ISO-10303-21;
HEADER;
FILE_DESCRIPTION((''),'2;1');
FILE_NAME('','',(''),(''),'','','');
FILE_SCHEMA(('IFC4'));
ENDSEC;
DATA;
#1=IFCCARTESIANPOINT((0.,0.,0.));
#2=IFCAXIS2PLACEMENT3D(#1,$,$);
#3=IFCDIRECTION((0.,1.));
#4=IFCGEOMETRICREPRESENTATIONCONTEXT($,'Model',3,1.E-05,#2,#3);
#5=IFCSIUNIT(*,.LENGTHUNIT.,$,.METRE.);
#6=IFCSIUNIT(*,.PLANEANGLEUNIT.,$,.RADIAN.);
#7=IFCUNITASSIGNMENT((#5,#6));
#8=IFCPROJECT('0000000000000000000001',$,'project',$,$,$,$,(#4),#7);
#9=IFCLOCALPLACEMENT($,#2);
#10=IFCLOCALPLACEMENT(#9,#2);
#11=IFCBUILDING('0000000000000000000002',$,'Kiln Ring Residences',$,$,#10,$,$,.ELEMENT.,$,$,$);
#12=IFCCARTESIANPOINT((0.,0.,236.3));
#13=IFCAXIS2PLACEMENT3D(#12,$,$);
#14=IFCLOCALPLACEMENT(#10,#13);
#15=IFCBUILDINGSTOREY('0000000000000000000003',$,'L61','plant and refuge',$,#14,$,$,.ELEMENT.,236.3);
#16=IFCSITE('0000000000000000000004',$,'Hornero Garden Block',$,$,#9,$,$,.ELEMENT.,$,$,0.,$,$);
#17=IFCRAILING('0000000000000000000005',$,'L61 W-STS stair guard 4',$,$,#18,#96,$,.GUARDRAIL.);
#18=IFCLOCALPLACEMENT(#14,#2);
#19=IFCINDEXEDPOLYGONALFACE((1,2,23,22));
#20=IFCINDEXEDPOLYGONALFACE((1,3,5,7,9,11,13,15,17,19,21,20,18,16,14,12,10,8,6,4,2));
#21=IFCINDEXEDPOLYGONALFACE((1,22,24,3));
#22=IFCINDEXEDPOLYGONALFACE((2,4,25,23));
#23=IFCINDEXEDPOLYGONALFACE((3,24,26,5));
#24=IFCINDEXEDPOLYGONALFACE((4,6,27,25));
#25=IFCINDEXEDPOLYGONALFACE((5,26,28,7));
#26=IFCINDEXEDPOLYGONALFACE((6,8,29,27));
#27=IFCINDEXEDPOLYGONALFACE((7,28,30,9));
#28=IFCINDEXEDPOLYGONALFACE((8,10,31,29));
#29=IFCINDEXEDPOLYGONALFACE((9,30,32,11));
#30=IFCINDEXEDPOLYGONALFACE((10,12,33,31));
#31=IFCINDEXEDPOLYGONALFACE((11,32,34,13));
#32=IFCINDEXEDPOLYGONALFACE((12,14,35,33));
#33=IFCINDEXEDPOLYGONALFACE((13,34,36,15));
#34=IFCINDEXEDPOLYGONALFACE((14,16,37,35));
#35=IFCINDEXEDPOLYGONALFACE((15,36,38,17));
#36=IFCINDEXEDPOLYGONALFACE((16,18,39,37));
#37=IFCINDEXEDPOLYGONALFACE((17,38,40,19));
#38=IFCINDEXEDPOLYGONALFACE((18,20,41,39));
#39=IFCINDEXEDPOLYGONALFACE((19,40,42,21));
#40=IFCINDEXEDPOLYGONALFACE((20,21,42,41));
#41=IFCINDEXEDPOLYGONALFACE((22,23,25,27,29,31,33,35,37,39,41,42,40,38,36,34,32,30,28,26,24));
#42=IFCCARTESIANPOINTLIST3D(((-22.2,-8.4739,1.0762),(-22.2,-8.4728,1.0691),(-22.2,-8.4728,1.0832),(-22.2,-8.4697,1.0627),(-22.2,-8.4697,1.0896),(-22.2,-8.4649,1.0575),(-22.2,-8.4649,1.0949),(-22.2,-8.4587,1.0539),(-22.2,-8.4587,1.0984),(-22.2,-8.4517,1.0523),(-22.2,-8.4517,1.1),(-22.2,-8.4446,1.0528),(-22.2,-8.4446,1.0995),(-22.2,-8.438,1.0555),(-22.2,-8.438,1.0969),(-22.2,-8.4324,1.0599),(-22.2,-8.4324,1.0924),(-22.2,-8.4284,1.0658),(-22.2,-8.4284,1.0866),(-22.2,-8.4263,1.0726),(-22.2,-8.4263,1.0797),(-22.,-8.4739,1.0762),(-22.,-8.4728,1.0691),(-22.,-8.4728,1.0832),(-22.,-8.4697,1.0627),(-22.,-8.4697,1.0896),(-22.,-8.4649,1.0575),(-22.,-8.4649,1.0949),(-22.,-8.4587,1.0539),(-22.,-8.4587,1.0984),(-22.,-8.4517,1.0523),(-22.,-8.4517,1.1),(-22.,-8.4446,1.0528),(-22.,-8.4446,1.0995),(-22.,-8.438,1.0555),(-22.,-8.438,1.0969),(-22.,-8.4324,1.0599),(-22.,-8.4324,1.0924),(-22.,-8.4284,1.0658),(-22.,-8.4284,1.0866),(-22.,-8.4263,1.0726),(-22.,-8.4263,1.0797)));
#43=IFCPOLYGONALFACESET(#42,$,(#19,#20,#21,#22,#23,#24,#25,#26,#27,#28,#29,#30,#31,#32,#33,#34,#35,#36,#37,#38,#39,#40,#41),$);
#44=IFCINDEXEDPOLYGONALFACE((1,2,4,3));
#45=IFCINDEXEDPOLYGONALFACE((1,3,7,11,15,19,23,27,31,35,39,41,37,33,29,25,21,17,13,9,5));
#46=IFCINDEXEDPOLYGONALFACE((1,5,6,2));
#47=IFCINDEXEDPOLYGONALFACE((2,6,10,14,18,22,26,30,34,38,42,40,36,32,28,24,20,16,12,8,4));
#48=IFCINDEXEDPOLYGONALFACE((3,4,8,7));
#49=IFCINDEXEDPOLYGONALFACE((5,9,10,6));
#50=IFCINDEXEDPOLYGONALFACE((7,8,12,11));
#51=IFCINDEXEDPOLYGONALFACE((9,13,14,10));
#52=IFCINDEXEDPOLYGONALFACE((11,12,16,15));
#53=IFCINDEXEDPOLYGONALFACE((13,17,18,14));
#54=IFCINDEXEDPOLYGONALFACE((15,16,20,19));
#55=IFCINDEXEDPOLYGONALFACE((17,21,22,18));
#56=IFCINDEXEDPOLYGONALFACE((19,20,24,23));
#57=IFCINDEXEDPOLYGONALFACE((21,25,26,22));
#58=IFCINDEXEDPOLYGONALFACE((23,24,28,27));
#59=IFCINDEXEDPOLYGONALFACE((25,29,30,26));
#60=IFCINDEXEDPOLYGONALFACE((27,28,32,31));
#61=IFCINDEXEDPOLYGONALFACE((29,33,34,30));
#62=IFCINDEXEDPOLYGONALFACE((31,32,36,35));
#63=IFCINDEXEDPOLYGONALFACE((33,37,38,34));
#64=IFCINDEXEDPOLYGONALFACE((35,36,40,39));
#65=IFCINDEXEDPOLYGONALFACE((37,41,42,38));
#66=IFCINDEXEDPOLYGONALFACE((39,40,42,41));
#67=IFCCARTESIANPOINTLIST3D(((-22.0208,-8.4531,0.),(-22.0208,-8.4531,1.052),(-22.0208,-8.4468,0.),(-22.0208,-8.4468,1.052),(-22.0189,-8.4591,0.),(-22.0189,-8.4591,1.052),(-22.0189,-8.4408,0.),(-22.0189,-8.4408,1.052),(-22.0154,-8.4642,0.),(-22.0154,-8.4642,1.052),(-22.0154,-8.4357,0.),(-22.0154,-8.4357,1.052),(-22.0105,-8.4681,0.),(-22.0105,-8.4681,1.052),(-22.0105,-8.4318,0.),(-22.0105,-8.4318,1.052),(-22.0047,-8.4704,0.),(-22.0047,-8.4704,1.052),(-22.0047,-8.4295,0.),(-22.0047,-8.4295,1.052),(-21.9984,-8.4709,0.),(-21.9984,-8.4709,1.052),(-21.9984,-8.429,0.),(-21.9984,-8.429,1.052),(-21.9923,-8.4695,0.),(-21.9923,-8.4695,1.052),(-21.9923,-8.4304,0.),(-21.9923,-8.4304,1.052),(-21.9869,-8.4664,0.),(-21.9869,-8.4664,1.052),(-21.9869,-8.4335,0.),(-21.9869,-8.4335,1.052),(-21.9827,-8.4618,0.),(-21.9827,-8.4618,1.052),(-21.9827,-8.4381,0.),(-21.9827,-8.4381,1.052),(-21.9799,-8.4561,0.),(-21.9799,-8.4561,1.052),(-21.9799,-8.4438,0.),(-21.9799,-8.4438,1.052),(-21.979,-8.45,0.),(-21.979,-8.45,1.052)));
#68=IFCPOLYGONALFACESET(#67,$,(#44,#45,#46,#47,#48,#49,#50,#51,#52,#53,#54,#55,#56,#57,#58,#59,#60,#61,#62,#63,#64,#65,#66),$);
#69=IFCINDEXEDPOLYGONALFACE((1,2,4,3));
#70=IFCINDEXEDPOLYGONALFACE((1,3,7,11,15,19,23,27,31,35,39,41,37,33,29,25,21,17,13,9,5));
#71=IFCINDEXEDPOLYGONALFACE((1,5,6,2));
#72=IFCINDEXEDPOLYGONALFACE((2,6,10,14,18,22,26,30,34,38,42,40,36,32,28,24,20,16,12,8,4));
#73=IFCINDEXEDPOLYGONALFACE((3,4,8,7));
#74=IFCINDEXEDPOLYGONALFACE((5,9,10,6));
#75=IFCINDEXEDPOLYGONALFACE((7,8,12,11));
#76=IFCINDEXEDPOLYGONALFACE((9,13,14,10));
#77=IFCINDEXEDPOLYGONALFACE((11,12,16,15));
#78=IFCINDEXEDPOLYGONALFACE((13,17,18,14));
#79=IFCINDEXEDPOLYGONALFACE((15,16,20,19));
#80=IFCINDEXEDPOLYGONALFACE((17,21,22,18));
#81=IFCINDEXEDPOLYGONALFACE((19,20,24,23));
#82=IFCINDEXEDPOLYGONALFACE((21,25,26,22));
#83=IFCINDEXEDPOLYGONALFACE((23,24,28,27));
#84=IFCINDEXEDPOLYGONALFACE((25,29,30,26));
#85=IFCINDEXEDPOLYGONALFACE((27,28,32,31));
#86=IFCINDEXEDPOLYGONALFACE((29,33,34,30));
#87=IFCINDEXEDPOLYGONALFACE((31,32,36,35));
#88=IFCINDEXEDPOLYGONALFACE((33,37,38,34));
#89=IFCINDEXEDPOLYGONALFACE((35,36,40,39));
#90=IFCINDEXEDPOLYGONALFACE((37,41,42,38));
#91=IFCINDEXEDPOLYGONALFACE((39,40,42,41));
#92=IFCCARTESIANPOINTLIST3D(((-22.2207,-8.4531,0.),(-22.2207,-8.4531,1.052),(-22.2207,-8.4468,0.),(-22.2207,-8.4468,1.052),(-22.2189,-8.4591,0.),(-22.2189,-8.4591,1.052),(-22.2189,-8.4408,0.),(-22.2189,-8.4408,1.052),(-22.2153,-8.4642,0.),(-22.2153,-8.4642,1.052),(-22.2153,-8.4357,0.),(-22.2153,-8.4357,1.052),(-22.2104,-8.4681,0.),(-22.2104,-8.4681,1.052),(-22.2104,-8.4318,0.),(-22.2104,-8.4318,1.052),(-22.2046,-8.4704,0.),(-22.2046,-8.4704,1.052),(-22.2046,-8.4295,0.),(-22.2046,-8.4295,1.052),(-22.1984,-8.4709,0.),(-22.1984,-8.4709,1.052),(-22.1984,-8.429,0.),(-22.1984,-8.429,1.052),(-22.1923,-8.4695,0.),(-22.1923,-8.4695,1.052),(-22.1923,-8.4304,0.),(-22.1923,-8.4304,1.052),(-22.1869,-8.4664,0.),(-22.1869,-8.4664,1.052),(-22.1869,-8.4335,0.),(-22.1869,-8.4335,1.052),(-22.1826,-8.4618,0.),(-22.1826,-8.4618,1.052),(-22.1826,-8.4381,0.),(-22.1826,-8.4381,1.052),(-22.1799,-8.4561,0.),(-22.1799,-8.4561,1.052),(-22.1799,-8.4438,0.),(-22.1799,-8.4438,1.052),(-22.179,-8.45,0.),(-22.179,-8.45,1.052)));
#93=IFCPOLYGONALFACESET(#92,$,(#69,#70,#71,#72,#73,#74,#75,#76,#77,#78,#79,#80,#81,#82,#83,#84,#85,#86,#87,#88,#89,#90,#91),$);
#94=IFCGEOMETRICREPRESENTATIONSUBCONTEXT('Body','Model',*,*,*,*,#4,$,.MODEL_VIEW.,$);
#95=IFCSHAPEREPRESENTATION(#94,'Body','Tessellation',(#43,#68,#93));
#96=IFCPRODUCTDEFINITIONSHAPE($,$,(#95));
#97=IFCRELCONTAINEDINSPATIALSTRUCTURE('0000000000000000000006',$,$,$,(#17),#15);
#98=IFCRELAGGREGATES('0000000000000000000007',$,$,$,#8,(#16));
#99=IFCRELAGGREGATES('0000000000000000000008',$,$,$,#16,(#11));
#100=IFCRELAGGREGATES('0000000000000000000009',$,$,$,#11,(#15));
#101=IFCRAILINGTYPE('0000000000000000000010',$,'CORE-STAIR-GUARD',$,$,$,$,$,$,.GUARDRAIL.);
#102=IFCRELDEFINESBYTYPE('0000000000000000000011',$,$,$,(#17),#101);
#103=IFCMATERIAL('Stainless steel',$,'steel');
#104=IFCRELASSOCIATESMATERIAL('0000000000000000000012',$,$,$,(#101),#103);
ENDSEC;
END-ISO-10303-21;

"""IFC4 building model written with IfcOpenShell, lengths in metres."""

from ifc_helpers import new_model, si_unit, direction, frame, origin, origin_2d, place, context, subcontext, project, spatial, circle, extrude, material, type_object, element, save


model = new_model("IFC4")

# Units and contexts
model_context = context("Model", 3, precision=1e-05, world=origin(), true_north=direction((0.0, 1.0)))
body_context = subcontext(model_context, "Body", "Model", "MODEL_VIEW")
ifc_project = project(units=[si_unit("LENGTHUNIT", "METRE"), si_unit("PLANEANGLEUNIT", "RADIAN")], contexts=[model_context])

# Site, building, storey
site_placement = place(None, origin())
site = spatial("IfcSite", under=ifc_project, at=site_placement, Name="Hornero Garden Block", CompositionType="ELEMENT", RefElevation=0.0)
building_placement = place(site_placement, origin())
building = spatial("IfcBuilding", under=site, at=building_placement, Name="Kiln Ring Residences", CompositionType="ELEMENT")
storey_placement = place(building_placement, frame((0.0, 0.0, 236.3)))
storey = spatial("IfcBuildingStorey", under=building, at=storey_placement, Name="L61", Description="plant and refuge", CompositionType="ELEMENT", Elevation=236.3)

# Railing
ifc_material_1 = material(Name="Stainless steel", Category="steel")
railing_type_1 = type_object("IfcRailingType", Name="CORE-STAIR-GUARD", PredefinedType="GUARDRAIL", material=ifc_material_1)
railing_1_placement = place(storey_placement, frame((-22.0, -8.45, 0.0)))
element("IfcRailing", 1, at=railing_1_placement, inside=storey, type_object=railing_type_1, Name="L61 W-STS stair guard 4", PredefinedType="GUARDRAIL", context=body_context, shape_type="SweptSolid", body=[
    extrude(circle(Radius=0.0239, at=origin_2d()), frame((0.0, 0.0, 1.0762), z_axis=(-1.0, 0.0, 0.0), x_axis=(0.0, -1.0, 0.0)), (0.0, 0.0, 1.0), 0.2),
    extrude(circle(Radius=0.021, at=origin_2d()), origin(), (0.0, 0.0, 1.0), 1.052),
    extrude(circle(Radius=0.021, at=origin_2d()), frame((-0.2, 0.0, 0.0)), (0.0, 0.0, 1.0), 1.052),
])

save(model, "model.ifc")
